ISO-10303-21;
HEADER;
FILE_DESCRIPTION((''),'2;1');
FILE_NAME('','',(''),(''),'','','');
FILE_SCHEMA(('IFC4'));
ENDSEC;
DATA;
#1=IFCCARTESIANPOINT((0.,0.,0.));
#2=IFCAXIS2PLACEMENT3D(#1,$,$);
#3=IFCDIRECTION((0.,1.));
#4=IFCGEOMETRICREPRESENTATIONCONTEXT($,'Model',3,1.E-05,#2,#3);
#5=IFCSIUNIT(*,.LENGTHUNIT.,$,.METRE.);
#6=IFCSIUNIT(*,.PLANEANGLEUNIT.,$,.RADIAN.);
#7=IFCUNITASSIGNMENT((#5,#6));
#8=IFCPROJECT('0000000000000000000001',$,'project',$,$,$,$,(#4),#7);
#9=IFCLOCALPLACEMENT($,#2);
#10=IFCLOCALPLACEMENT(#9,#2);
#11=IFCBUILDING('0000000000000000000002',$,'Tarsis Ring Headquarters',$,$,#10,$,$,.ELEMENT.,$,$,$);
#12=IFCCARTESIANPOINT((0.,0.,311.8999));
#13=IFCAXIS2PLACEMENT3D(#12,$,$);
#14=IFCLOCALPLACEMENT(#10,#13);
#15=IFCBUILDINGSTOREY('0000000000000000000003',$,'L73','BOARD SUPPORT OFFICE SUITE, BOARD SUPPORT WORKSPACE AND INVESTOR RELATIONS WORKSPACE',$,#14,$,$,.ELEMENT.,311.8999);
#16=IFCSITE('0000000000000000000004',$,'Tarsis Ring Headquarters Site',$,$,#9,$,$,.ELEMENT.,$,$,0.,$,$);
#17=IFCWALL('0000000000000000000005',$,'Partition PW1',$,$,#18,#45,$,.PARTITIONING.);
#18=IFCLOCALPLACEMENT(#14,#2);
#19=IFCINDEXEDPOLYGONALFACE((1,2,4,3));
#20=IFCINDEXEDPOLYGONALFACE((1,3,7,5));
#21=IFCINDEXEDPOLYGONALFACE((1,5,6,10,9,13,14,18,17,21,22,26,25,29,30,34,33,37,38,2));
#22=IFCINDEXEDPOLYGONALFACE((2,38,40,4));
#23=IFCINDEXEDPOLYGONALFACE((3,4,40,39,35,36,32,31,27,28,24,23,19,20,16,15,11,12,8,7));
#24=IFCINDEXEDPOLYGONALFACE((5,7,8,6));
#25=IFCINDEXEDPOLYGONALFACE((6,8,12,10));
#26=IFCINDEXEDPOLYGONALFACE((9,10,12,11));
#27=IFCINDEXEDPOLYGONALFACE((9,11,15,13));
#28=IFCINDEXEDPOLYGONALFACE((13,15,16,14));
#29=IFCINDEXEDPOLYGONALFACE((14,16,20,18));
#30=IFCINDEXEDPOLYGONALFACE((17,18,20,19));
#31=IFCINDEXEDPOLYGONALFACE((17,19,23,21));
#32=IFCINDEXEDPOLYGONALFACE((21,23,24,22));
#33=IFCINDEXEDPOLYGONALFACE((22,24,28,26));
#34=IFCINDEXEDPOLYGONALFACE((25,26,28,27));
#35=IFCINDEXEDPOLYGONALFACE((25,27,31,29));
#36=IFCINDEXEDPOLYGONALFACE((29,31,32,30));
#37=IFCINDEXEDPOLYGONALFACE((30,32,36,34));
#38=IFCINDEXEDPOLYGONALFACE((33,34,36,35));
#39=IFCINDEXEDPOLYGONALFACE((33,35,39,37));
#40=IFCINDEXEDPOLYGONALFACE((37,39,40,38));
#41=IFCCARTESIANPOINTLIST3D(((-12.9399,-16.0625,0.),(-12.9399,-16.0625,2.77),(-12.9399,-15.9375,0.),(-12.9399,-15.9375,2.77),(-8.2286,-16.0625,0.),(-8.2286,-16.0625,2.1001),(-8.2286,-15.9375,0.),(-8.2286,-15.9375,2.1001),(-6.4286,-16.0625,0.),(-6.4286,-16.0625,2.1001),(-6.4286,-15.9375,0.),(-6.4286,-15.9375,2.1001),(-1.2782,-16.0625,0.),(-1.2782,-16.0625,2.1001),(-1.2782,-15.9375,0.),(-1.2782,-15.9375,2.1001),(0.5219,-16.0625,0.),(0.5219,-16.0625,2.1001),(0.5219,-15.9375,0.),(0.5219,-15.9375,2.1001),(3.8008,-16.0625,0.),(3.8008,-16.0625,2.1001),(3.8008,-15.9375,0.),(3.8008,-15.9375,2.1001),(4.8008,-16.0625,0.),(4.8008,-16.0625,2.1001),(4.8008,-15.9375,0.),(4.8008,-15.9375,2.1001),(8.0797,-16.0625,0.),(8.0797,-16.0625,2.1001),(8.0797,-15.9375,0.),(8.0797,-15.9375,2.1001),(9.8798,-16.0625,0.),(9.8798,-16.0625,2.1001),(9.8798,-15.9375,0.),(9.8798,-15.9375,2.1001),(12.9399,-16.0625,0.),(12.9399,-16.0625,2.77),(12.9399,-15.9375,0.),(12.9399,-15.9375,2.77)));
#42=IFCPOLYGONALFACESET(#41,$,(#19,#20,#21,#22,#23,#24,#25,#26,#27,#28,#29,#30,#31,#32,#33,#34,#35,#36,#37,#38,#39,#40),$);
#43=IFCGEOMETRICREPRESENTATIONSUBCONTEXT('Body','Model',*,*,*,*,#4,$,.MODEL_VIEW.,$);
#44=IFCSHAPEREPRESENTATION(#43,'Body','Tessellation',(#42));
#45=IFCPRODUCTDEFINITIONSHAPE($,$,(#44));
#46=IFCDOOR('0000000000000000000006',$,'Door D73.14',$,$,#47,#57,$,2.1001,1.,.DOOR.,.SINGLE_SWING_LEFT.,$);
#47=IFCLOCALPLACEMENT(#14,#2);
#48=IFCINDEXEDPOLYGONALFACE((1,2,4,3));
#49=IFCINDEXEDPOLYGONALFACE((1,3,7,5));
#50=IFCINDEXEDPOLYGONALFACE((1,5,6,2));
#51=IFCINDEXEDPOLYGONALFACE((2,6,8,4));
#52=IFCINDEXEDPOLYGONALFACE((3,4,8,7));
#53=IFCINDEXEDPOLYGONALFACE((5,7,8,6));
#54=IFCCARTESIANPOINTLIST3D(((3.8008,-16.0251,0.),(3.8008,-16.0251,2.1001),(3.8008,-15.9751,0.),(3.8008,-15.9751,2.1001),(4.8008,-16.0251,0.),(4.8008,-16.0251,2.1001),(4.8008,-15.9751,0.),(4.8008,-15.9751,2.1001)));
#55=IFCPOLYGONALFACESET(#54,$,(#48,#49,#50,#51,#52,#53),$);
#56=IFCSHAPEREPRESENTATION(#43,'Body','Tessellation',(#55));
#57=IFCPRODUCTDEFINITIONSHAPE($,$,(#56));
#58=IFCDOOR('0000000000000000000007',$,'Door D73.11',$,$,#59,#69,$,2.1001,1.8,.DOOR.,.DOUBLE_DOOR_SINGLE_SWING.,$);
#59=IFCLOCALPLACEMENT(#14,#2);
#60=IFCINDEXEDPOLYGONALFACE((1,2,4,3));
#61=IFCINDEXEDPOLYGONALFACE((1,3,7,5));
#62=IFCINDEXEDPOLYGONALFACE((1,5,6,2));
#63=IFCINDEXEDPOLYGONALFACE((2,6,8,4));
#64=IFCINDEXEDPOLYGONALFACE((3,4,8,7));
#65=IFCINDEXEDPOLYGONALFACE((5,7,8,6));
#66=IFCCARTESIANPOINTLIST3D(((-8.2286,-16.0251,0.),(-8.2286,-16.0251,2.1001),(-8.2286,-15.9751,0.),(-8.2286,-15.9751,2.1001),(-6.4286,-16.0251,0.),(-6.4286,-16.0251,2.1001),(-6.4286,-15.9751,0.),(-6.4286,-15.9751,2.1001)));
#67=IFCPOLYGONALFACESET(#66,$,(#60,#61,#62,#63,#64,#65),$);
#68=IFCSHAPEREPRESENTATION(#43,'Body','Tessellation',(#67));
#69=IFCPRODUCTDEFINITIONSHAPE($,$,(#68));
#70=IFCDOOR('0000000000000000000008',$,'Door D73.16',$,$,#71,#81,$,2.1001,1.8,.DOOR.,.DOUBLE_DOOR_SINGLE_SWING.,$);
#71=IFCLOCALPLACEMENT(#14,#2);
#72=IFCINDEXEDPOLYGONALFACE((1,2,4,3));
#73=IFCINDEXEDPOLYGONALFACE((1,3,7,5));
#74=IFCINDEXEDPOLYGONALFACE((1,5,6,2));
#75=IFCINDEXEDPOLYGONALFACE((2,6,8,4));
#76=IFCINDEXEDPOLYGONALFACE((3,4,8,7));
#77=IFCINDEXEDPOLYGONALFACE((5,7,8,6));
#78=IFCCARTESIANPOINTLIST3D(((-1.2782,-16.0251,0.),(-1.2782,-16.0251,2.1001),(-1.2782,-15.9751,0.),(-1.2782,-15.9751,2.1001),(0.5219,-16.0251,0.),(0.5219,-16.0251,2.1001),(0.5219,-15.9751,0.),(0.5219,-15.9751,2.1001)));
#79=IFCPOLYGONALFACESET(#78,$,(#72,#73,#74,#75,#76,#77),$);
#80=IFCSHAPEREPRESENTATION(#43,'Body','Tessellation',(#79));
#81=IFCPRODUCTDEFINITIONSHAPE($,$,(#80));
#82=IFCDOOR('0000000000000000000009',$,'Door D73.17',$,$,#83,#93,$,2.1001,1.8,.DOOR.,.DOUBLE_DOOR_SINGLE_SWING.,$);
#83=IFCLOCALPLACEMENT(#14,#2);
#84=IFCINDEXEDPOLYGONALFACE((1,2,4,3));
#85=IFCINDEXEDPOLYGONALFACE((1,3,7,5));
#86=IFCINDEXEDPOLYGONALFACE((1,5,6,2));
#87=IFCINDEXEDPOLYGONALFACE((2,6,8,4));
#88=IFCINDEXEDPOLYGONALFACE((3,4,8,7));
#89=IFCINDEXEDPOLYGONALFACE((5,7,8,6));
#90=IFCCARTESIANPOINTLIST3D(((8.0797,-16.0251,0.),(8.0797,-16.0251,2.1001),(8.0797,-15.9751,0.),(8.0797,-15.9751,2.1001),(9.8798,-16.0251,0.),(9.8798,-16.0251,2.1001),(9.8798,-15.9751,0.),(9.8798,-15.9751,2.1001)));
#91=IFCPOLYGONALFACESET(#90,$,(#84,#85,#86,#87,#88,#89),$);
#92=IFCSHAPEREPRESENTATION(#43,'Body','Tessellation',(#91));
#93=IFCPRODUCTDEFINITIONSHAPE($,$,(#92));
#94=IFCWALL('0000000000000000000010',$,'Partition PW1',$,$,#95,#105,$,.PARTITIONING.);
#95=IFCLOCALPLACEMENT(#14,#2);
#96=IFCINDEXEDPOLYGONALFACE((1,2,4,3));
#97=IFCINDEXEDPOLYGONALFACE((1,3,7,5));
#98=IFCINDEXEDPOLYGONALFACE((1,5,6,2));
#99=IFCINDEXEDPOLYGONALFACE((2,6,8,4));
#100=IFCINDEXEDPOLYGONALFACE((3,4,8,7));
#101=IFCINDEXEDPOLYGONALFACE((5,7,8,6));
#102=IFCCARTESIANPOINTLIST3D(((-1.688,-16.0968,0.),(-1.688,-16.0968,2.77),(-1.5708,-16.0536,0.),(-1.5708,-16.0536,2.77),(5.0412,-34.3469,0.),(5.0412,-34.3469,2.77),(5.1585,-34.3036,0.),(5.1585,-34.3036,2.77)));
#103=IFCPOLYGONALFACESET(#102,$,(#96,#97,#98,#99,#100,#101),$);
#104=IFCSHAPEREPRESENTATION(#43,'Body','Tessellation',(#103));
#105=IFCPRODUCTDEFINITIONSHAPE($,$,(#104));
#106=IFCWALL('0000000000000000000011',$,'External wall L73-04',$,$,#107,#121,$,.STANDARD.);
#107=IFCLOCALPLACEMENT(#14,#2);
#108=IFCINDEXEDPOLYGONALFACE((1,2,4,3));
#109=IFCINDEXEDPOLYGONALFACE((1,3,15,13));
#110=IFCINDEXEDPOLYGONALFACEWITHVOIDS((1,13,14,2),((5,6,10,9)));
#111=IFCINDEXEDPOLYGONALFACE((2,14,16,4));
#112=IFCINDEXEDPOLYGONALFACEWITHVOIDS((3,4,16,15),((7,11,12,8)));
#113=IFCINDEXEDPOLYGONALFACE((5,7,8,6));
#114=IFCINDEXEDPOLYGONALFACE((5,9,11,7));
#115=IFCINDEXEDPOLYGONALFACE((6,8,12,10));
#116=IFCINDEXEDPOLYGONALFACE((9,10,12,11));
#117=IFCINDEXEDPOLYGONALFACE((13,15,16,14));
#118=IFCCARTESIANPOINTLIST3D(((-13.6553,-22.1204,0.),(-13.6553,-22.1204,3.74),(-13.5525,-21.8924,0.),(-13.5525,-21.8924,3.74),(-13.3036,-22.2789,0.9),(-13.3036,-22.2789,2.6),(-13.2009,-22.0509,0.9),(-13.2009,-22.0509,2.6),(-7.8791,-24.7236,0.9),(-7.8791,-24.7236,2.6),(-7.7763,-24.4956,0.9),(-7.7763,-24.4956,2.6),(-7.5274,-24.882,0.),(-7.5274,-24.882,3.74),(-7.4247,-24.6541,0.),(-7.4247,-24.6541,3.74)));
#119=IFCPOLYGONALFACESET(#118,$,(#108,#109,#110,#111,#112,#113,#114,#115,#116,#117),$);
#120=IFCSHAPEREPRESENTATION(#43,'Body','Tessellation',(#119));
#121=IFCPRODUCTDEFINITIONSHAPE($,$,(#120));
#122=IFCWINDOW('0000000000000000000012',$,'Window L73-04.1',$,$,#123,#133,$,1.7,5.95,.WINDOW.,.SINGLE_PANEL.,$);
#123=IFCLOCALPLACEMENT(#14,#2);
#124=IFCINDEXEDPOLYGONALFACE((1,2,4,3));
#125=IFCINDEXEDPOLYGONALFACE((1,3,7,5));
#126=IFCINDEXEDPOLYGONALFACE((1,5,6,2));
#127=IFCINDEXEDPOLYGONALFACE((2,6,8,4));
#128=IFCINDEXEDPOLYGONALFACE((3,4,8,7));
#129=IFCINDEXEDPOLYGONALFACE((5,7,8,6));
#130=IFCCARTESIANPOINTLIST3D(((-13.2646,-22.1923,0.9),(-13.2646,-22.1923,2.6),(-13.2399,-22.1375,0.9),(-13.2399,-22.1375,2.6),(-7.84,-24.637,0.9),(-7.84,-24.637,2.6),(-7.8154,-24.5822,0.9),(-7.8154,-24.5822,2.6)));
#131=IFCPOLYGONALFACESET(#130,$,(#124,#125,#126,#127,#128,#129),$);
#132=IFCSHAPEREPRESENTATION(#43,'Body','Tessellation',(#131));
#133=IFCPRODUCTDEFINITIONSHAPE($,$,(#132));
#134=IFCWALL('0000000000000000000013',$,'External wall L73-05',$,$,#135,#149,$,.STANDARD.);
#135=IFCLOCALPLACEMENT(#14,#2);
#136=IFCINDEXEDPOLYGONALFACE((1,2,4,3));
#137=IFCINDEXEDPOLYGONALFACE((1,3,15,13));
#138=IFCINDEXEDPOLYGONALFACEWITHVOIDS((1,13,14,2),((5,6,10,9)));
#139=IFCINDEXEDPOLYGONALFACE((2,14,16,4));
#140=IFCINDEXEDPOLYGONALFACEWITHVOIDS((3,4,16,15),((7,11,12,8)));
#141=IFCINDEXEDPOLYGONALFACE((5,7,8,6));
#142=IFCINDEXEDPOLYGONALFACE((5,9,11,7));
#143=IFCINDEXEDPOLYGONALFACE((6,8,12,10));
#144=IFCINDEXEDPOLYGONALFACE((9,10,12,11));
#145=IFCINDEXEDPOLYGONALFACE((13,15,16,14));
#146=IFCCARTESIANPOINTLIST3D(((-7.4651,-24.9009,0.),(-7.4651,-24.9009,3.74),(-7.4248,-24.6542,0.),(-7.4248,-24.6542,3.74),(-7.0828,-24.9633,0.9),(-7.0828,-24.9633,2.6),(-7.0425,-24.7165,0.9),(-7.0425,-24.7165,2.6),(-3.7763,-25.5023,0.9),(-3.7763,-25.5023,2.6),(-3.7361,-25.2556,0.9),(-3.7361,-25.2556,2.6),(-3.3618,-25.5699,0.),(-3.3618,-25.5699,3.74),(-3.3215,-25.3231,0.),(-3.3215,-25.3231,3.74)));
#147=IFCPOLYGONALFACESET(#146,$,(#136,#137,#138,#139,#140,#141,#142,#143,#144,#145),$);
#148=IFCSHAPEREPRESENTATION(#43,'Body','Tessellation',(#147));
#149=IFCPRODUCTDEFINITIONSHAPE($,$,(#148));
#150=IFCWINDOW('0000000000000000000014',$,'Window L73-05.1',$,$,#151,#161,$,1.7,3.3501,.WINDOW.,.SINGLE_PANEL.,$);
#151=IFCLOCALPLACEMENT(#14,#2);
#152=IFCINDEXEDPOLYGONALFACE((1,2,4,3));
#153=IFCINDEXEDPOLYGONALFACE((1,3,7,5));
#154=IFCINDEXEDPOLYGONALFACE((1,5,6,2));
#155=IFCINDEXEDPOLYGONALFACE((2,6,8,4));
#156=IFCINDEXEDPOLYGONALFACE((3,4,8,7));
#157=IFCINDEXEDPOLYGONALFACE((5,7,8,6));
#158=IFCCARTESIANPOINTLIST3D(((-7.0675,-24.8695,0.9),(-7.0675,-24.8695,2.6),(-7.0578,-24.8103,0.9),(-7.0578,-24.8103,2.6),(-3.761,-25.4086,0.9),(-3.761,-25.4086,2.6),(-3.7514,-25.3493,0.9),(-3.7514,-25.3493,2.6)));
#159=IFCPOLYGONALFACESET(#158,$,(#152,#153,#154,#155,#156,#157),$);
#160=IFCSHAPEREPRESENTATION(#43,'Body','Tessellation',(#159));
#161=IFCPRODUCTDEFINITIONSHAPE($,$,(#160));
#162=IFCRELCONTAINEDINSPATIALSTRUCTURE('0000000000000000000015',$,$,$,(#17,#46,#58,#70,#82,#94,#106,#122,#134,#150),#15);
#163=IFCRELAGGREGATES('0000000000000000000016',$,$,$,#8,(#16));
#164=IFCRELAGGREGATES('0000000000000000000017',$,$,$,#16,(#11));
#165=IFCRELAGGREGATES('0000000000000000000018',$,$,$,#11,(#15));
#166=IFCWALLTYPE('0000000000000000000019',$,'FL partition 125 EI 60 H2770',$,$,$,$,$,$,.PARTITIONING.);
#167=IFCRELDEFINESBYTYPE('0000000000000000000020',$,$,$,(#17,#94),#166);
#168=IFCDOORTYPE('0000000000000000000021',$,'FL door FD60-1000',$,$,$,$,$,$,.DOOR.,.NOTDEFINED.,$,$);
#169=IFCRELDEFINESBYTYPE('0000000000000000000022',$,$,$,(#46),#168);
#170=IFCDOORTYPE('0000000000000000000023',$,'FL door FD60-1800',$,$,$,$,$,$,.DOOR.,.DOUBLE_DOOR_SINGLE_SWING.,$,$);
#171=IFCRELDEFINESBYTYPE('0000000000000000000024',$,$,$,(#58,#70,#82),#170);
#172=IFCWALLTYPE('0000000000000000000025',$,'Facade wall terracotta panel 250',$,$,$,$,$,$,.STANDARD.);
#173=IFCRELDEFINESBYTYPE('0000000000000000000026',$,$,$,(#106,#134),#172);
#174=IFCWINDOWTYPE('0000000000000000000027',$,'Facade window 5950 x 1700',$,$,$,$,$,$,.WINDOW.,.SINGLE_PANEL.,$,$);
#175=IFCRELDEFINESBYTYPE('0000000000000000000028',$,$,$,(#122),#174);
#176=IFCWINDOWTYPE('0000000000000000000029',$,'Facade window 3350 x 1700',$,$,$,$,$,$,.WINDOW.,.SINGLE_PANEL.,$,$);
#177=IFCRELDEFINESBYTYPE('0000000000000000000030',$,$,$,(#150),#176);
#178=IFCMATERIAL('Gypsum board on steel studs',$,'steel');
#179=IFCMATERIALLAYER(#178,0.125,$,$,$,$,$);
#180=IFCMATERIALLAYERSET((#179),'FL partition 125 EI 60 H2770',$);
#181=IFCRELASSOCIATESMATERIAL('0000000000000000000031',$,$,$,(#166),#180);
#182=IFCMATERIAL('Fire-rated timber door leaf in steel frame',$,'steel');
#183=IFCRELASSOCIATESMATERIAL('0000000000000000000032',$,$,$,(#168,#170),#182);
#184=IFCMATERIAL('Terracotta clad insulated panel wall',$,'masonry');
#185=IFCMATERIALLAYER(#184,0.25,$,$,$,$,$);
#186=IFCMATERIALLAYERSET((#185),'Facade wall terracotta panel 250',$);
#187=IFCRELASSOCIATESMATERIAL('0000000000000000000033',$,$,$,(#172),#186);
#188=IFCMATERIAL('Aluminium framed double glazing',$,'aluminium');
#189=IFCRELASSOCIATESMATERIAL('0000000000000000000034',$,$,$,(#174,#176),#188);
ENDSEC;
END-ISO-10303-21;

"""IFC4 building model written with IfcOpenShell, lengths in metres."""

from ifc_helpers import new_model, si_unit, direction, frame, frame_2d, origin, place, context, subcontext, project, spatial, rectangle, extrude, material, layer, layer_set, type_object, element, fill, save


model = new_model("IFC4")

# Units and contexts
model_context = context("Model", 3, precision=1e-05, world=origin(), true_north=direction((0.0, 1.0)))
body_context = subcontext(model_context, "Body", "Model", "MODEL_VIEW")
ifc_project = project(units=[si_unit("LENGTHUNIT", "METRE"), si_unit("PLANEANGLEUNIT", "RADIAN")], contexts=[model_context])

# Site, building, storey
site_placement = place(None, origin())
site = spatial("IfcSite", under=ifc_project, at=site_placement, Name="Tarsis Ring Headquarters Site", CompositionType="ELEMENT", RefElevation=0.0)
building_placement = place(site_placement, origin())
building = spatial("IfcBuilding", under=site, at=building_placement, Name="Tarsis Ring Headquarters", CompositionType="ELEMENT")
storey_placement = place(building_placement, frame((0.0, 0.0, 311.8999)))
storey = spatial("IfcBuildingStorey", under=building, at=storey_placement, Name="L73", Description="BOARD SUPPORT OFFICE SUITE, BOARD SUPPORT WORKSPACE AND INVESTOR RELATIONS WORKSPACE", CompositionType="ELEMENT", Elevation=311.8999)

# Wall, openings, doors
ifc_material_1 = material(Name="Gypsum board on steel studs", Category="steel")
ifc_layer_1 = layer(ifc_material_1, 0.125)
ifc_layer_set_1 = layer_set([ifc_layer_1], Name="FL partition 125 EI 60 H2770")
wall_type_1 = type_object("IfcWallType", Name="FL partition 125 EI 60 H2770", PredefinedType="PARTITIONING", material=ifc_layer_set_1)
ifc_material_2 = material(Name="Fire-rated timber door leaf in steel frame", Category="steel")
door_type_1 = type_object("IfcDoorType", Name="FL door FD60-1000", OperationType="NOTDEFINED", PredefinedType="DOOR", material=ifc_material_2)
door_type_2 = type_object("IfcDoorType", Name="FL door FD60-1800", OperationType="DOUBLE_DOOR_SINGLE_SWING", PredefinedType="DOOR", material=ifc_material_2)
wall_1_placement = place(storey_placement, frame((-12.9399, -16.0, 0.0), z_axis=(0.0, 0.0, 1.0), x_axis=(1.0, 0.0, 0.0)))
wall_1 = element("IfcWall", 1, at=wall_1_placement, inside=storey, type_object=wall_type_1, Name="Partition PW1", PredefinedType="PARTITIONING", context=body_context, shape_type="SweptSolid", body=[
    extrude(rectangle(XDim=25.8799, YDim=0.125, at=frame_2d((12.9399, 0.0))), origin(), (0.0, 0.0, 1.0), 2.77),
])
opening_1_placement = place(wall_1_placement, frame((4.7114, 0.0, 0.0)))
opening_1 = element("IfcOpeningElement", 2, at=opening_1_placement, cuts=wall_1, PredefinedType="OPENING", context=body_context, shape_type="SweptSolid", body=[
    extrude(rectangle(XDim=1.8, YDim=2.1001, at=frame_2d((0.8999, 1.05))), frame((0.0, 0.0725, 0.0), z_axis=(0.0, -1.0, 0.0), x_axis=(1.0, 0.0, 0.0)), (0.0, 0.0, 1.0), 0.145),
])
opening_2_placement = place(wall_1_placement, frame((16.7407, 0.0, 0.0)))
opening_2 = element("IfcOpeningElement", 3, at=opening_2_placement, cuts=wall_1, PredefinedType="OPENING", context=body_context, shape_type="SweptSolid", body=[
    extrude(rectangle(XDim=1.0, YDim=2.1001, at=frame_2d((0.5, 1.05))), frame((0.0, 0.0725, 0.0), z_axis=(0.0, -1.0, 0.0), x_axis=(1.0, 0.0, 0.0)), (0.0, 0.0, 1.0), 0.145),
])
opening_3_placement = place(wall_1_placement, frame((11.6619, 0.0, 0.0)))
opening_3 = element("IfcOpeningElement", 4, at=opening_3_placement, cuts=wall_1, PredefinedType="OPENING", context=body_context, shape_type="SweptSolid", body=[
    extrude(rectangle(XDim=1.8, YDim=2.1001, at=frame_2d((0.8999, 1.05))), frame((0.0, 0.0725, 0.0), z_axis=(0.0, -1.0, 0.0), x_axis=(1.0, 0.0, 0.0)), (0.0, 0.0, 1.0), 0.145),
])
opening_4_placement = place(wall_1_placement, frame((21.0198, 0.0, 0.0)))
opening_4 = element("IfcOpeningElement", 5, at=opening_4_placement, cuts=wall_1, PredefinedType="OPENING", context=body_context, shape_type="SweptSolid", body=[
    extrude(rectangle(XDim=1.8, YDim=2.1001, at=frame_2d((0.8999, 1.05))), frame((0.0, 0.0725, 0.0), z_axis=(0.0, -1.0, 0.0), x_axis=(1.0, 0.0, 0.0)), (0.0, 0.0, 1.0), 0.145),
])
door_1_placement = place(opening_2_placement, origin())
door_1 = element("IfcDoor", 6, at=door_1_placement, inside=storey, type_object=door_type_1, Name="Door D73.14", OperationType="SINGLE_SWING_LEFT", OverallHeight=2.1001, OverallWidth=1.0, PredefinedType="DOOR", context=body_context, shape_type="SweptSolid", body=[
    extrude(rectangle(XDim=1.0, YDim=2.1001, at=frame_2d((0.5, 1.05))), frame((0.0, 0.0249, 0.0), z_axis=(0.0, -1.0, 0.0), x_axis=(1.0, 0.0, 0.0)), (0.0, 0.0, 1.0), 0.05),
])
fill(opening_2, door_1)
door_2_placement = place(opening_1_placement, origin())
door_2 = element("IfcDoor", 7, at=door_2_placement, inside=storey, type_object=door_type_2, Name="Door D73.11", OperationType="DOUBLE_DOOR_SINGLE_SWING", OverallHeight=2.1001, OverallWidth=1.8, PredefinedType="DOOR", context=body_context, shape_type="SweptSolid", body=[
    extrude(rectangle(XDim=1.8, YDim=2.1001, at=frame_2d((0.8999, 1.05))), frame((0.0, 0.0249, 0.0), z_axis=(0.0, -1.0, 0.0), x_axis=(1.0, 0.0, 0.0)), (0.0, 0.0, 1.0), 0.05),
])
fill(opening_1, door_2)
door_3_placement = place(opening_3_placement, origin())
door_3 = element("IfcDoor", 8, at=door_3_placement, inside=storey, type_object=door_type_2, Name="Door D73.16", OperationType="DOUBLE_DOOR_SINGLE_SWING", OverallHeight=2.1001, OverallWidth=1.8, PredefinedType="DOOR", context=body_context, shape_type="SweptSolid", body=[
    extrude(rectangle(XDim=1.8, YDim=2.1001, at=frame_2d((0.8999, 1.05))), frame((0.0, 0.0249, 0.0), z_axis=(0.0, -1.0, 0.0), x_axis=(1.0, 0.0, 0.0)), (0.0, 0.0, 1.0), 0.05),
])
fill(opening_3, door_3)
door_4_placement = place(opening_4_placement, origin())
door_4 = element("IfcDoor", 9, at=door_4_placement, inside=storey, type_object=door_type_2, Name="Door D73.17", OperationType="DOUBLE_DOOR_SINGLE_SWING", OverallHeight=2.1001, OverallWidth=1.8, PredefinedType="DOOR", context=body_context, shape_type="SweptSolid", body=[
    extrude(rectangle(XDim=1.8, YDim=2.1001, at=frame_2d((0.8999, 1.05))), frame((0.0, 0.0249, 0.0), z_axis=(0.0, -1.0, 0.0), x_axis=(1.0, 0.0, 0.0)), (0.0, 0.0, 1.0), 0.05),
])
fill(opening_4, door_4)

# Wall
wall_2_placement = place(storey_placement, frame((-1.6294, -16.0752, 0.0), z_axis=(0.0, 0.0, 1.0), x_axis=(0.345957, -0.93825, 0.0)))
element("IfcWall", 10, at=wall_2_placement, inside=storey, type_object=wall_type_1, Name="Partition PW1", PredefinedType="PARTITIONING", context=body_context, shape_type="SweptSolid", body=[
    extrude(rectangle(XDim=19.4512, YDim=0.125, at=frame_2d((9.7256, 0.0))), origin(), (0.0, 0.0, 1.0), 2.77),
])

# Walls, openings, windows
ifc_material_3 = material(Name="Terracotta clad insulated panel wall", Category="masonry")
ifc_layer_2 = layer(ifc_material_3, 0.25)
ifc_layer_set_2 = layer_set([ifc_layer_2], Name="Facade wall terracotta panel 250")
wall_type_2 = type_object("IfcWallType", Name="Facade wall terracotta panel 250", PredefinedType="STANDARD", material=ifc_layer_set_2)
wall_3_placement = place(storey_placement, frame((-13.604, -22.0063, 0.0), z_axis=(0.0, 0.0, 1.0), x_axis=(0.91169, -0.410878, 0.0)))
wall_3 = element("IfcWall", 11, at=wall_3_placement, inside=storey, type_object=wall_type_2, Name="External wall L73-04", PredefinedType="STANDARD", context=body_context, shape_type="SweptSolid", body=[
    extrude(rectangle(XDim=6.7214, YDim=0.25, at=frame_2d((3.3608, 0.0))), origin(), (0.0, 0.0, 1.0), 3.74),
])
opening_5_placement = place(wall_3_placement, frame((0.3857, 0.0, 0.8999)))
opening_5 = element("IfcOpeningElement", 12, at=opening_5_placement, cuts=wall_3, PredefinedType="OPENING", context=body_context, shape_type="SweptSolid", body=[
    extrude(rectangle(XDim=5.95, YDim=1.7, at=frame_2d((2.9751, 0.8501))), frame((0.0, 0.135, 0.0), z_axis=(0.0, -1.0, 0.0), x_axis=(1.0, 0.0, 0.0)), (0.0, 0.0, 1.0), 0.27),
])
ifc_material_4 = material(Name="Aluminium framed double glazing", Category="aluminium")
window_type_1 = type_object("IfcWindowType", Name="Facade window 5950 x 1700", PartitioningType="SINGLE_PANEL", PredefinedType="WINDOW", material=ifc_material_4)
window_1_placement = place(opening_5_placement, origin())
window_1 = element("IfcWindow", 13, at=window_1_placement, inside=storey, type_object=window_type_1, Name="Window L73-04.1", OverallHeight=1.7, OverallWidth=5.95, PartitioningType="SINGLE_PANEL", PredefinedType="WINDOW", context=body_context, shape_type="SweptSolid", body=[
    extrude(rectangle(XDim=5.95, YDim=1.7, at=frame_2d((2.9751, 0.8501))), frame((0.0, 0.03, 0.0), z_axis=(0.0, -1.0, 0.0), x_axis=(1.0, 0.0, 0.0)), (0.0, 0.0, 1.0), 0.0601),
])
fill(opening_5, window_1)
wall_4_placement = place(storey_placement, frame((-7.4448, -24.7776, 0.0), z_axis=(0.0, 0.0, 1.0), x_axis=(0.98697, -0.160903, 0.0)))
wall_4 = element("IfcWall", 14, at=wall_4_placement, inside=storey, type_object=wall_type_2, Name="External wall L73-05", PredefinedType="STANDARD", context=body_context, shape_type="SweptSolid", body=[
    extrude(rectangle(XDim=4.1575, YDim=0.25, at=frame_2d((2.0786, 0.0))), origin(), (0.0, 0.0, 1.0), 3.74),
])
opening_6_placement = place(wall_4_placement, frame((0.3872, 0.0, 0.8999)))
opening_6 = element("IfcOpeningElement", 15, at=opening_6_placement, cuts=wall_4, PredefinedType="OPENING", context=body_context, shape_type="SweptSolid", body=[
    extrude(rectangle(XDim=3.3501, YDim=1.7, at=frame_2d((1.675, 0.8501))), frame((0.0, 0.135, 0.0), z_axis=(0.0, -1.0, 0.0), x_axis=(1.0, 0.0, 0.0)), (0.0, 0.0, 1.0), 0.27),
])
window_type_2 = type_object("IfcWindowType", Name="Facade window 3350 x 1700", PartitioningType="SINGLE_PANEL", PredefinedType="WINDOW", material=ifc_material_4)
window_2_placement = place(opening_6_placement, origin())
window_2 = element("IfcWindow", 16, at=window_2_placement, inside=storey, type_object=window_type_2, Name="Window L73-05.1", OverallHeight=1.7, OverallWidth=3.3501, PartitioningType="SINGLE_PANEL", PredefinedType="WINDOW", context=body_context, shape_type="SweptSolid", body=[
    extrude(rectangle(XDim=3.3501, YDim=1.7, at=frame_2d((1.675, 0.8501))), frame((0.0, 0.03, 0.0), z_axis=(0.0, -1.0, 0.0), x_axis=(1.0, 0.0, 0.0)), (0.0, 0.0, 1.0), 0.0601),
])
fill(opening_6, window_2)

save(model, "model.ifc")
